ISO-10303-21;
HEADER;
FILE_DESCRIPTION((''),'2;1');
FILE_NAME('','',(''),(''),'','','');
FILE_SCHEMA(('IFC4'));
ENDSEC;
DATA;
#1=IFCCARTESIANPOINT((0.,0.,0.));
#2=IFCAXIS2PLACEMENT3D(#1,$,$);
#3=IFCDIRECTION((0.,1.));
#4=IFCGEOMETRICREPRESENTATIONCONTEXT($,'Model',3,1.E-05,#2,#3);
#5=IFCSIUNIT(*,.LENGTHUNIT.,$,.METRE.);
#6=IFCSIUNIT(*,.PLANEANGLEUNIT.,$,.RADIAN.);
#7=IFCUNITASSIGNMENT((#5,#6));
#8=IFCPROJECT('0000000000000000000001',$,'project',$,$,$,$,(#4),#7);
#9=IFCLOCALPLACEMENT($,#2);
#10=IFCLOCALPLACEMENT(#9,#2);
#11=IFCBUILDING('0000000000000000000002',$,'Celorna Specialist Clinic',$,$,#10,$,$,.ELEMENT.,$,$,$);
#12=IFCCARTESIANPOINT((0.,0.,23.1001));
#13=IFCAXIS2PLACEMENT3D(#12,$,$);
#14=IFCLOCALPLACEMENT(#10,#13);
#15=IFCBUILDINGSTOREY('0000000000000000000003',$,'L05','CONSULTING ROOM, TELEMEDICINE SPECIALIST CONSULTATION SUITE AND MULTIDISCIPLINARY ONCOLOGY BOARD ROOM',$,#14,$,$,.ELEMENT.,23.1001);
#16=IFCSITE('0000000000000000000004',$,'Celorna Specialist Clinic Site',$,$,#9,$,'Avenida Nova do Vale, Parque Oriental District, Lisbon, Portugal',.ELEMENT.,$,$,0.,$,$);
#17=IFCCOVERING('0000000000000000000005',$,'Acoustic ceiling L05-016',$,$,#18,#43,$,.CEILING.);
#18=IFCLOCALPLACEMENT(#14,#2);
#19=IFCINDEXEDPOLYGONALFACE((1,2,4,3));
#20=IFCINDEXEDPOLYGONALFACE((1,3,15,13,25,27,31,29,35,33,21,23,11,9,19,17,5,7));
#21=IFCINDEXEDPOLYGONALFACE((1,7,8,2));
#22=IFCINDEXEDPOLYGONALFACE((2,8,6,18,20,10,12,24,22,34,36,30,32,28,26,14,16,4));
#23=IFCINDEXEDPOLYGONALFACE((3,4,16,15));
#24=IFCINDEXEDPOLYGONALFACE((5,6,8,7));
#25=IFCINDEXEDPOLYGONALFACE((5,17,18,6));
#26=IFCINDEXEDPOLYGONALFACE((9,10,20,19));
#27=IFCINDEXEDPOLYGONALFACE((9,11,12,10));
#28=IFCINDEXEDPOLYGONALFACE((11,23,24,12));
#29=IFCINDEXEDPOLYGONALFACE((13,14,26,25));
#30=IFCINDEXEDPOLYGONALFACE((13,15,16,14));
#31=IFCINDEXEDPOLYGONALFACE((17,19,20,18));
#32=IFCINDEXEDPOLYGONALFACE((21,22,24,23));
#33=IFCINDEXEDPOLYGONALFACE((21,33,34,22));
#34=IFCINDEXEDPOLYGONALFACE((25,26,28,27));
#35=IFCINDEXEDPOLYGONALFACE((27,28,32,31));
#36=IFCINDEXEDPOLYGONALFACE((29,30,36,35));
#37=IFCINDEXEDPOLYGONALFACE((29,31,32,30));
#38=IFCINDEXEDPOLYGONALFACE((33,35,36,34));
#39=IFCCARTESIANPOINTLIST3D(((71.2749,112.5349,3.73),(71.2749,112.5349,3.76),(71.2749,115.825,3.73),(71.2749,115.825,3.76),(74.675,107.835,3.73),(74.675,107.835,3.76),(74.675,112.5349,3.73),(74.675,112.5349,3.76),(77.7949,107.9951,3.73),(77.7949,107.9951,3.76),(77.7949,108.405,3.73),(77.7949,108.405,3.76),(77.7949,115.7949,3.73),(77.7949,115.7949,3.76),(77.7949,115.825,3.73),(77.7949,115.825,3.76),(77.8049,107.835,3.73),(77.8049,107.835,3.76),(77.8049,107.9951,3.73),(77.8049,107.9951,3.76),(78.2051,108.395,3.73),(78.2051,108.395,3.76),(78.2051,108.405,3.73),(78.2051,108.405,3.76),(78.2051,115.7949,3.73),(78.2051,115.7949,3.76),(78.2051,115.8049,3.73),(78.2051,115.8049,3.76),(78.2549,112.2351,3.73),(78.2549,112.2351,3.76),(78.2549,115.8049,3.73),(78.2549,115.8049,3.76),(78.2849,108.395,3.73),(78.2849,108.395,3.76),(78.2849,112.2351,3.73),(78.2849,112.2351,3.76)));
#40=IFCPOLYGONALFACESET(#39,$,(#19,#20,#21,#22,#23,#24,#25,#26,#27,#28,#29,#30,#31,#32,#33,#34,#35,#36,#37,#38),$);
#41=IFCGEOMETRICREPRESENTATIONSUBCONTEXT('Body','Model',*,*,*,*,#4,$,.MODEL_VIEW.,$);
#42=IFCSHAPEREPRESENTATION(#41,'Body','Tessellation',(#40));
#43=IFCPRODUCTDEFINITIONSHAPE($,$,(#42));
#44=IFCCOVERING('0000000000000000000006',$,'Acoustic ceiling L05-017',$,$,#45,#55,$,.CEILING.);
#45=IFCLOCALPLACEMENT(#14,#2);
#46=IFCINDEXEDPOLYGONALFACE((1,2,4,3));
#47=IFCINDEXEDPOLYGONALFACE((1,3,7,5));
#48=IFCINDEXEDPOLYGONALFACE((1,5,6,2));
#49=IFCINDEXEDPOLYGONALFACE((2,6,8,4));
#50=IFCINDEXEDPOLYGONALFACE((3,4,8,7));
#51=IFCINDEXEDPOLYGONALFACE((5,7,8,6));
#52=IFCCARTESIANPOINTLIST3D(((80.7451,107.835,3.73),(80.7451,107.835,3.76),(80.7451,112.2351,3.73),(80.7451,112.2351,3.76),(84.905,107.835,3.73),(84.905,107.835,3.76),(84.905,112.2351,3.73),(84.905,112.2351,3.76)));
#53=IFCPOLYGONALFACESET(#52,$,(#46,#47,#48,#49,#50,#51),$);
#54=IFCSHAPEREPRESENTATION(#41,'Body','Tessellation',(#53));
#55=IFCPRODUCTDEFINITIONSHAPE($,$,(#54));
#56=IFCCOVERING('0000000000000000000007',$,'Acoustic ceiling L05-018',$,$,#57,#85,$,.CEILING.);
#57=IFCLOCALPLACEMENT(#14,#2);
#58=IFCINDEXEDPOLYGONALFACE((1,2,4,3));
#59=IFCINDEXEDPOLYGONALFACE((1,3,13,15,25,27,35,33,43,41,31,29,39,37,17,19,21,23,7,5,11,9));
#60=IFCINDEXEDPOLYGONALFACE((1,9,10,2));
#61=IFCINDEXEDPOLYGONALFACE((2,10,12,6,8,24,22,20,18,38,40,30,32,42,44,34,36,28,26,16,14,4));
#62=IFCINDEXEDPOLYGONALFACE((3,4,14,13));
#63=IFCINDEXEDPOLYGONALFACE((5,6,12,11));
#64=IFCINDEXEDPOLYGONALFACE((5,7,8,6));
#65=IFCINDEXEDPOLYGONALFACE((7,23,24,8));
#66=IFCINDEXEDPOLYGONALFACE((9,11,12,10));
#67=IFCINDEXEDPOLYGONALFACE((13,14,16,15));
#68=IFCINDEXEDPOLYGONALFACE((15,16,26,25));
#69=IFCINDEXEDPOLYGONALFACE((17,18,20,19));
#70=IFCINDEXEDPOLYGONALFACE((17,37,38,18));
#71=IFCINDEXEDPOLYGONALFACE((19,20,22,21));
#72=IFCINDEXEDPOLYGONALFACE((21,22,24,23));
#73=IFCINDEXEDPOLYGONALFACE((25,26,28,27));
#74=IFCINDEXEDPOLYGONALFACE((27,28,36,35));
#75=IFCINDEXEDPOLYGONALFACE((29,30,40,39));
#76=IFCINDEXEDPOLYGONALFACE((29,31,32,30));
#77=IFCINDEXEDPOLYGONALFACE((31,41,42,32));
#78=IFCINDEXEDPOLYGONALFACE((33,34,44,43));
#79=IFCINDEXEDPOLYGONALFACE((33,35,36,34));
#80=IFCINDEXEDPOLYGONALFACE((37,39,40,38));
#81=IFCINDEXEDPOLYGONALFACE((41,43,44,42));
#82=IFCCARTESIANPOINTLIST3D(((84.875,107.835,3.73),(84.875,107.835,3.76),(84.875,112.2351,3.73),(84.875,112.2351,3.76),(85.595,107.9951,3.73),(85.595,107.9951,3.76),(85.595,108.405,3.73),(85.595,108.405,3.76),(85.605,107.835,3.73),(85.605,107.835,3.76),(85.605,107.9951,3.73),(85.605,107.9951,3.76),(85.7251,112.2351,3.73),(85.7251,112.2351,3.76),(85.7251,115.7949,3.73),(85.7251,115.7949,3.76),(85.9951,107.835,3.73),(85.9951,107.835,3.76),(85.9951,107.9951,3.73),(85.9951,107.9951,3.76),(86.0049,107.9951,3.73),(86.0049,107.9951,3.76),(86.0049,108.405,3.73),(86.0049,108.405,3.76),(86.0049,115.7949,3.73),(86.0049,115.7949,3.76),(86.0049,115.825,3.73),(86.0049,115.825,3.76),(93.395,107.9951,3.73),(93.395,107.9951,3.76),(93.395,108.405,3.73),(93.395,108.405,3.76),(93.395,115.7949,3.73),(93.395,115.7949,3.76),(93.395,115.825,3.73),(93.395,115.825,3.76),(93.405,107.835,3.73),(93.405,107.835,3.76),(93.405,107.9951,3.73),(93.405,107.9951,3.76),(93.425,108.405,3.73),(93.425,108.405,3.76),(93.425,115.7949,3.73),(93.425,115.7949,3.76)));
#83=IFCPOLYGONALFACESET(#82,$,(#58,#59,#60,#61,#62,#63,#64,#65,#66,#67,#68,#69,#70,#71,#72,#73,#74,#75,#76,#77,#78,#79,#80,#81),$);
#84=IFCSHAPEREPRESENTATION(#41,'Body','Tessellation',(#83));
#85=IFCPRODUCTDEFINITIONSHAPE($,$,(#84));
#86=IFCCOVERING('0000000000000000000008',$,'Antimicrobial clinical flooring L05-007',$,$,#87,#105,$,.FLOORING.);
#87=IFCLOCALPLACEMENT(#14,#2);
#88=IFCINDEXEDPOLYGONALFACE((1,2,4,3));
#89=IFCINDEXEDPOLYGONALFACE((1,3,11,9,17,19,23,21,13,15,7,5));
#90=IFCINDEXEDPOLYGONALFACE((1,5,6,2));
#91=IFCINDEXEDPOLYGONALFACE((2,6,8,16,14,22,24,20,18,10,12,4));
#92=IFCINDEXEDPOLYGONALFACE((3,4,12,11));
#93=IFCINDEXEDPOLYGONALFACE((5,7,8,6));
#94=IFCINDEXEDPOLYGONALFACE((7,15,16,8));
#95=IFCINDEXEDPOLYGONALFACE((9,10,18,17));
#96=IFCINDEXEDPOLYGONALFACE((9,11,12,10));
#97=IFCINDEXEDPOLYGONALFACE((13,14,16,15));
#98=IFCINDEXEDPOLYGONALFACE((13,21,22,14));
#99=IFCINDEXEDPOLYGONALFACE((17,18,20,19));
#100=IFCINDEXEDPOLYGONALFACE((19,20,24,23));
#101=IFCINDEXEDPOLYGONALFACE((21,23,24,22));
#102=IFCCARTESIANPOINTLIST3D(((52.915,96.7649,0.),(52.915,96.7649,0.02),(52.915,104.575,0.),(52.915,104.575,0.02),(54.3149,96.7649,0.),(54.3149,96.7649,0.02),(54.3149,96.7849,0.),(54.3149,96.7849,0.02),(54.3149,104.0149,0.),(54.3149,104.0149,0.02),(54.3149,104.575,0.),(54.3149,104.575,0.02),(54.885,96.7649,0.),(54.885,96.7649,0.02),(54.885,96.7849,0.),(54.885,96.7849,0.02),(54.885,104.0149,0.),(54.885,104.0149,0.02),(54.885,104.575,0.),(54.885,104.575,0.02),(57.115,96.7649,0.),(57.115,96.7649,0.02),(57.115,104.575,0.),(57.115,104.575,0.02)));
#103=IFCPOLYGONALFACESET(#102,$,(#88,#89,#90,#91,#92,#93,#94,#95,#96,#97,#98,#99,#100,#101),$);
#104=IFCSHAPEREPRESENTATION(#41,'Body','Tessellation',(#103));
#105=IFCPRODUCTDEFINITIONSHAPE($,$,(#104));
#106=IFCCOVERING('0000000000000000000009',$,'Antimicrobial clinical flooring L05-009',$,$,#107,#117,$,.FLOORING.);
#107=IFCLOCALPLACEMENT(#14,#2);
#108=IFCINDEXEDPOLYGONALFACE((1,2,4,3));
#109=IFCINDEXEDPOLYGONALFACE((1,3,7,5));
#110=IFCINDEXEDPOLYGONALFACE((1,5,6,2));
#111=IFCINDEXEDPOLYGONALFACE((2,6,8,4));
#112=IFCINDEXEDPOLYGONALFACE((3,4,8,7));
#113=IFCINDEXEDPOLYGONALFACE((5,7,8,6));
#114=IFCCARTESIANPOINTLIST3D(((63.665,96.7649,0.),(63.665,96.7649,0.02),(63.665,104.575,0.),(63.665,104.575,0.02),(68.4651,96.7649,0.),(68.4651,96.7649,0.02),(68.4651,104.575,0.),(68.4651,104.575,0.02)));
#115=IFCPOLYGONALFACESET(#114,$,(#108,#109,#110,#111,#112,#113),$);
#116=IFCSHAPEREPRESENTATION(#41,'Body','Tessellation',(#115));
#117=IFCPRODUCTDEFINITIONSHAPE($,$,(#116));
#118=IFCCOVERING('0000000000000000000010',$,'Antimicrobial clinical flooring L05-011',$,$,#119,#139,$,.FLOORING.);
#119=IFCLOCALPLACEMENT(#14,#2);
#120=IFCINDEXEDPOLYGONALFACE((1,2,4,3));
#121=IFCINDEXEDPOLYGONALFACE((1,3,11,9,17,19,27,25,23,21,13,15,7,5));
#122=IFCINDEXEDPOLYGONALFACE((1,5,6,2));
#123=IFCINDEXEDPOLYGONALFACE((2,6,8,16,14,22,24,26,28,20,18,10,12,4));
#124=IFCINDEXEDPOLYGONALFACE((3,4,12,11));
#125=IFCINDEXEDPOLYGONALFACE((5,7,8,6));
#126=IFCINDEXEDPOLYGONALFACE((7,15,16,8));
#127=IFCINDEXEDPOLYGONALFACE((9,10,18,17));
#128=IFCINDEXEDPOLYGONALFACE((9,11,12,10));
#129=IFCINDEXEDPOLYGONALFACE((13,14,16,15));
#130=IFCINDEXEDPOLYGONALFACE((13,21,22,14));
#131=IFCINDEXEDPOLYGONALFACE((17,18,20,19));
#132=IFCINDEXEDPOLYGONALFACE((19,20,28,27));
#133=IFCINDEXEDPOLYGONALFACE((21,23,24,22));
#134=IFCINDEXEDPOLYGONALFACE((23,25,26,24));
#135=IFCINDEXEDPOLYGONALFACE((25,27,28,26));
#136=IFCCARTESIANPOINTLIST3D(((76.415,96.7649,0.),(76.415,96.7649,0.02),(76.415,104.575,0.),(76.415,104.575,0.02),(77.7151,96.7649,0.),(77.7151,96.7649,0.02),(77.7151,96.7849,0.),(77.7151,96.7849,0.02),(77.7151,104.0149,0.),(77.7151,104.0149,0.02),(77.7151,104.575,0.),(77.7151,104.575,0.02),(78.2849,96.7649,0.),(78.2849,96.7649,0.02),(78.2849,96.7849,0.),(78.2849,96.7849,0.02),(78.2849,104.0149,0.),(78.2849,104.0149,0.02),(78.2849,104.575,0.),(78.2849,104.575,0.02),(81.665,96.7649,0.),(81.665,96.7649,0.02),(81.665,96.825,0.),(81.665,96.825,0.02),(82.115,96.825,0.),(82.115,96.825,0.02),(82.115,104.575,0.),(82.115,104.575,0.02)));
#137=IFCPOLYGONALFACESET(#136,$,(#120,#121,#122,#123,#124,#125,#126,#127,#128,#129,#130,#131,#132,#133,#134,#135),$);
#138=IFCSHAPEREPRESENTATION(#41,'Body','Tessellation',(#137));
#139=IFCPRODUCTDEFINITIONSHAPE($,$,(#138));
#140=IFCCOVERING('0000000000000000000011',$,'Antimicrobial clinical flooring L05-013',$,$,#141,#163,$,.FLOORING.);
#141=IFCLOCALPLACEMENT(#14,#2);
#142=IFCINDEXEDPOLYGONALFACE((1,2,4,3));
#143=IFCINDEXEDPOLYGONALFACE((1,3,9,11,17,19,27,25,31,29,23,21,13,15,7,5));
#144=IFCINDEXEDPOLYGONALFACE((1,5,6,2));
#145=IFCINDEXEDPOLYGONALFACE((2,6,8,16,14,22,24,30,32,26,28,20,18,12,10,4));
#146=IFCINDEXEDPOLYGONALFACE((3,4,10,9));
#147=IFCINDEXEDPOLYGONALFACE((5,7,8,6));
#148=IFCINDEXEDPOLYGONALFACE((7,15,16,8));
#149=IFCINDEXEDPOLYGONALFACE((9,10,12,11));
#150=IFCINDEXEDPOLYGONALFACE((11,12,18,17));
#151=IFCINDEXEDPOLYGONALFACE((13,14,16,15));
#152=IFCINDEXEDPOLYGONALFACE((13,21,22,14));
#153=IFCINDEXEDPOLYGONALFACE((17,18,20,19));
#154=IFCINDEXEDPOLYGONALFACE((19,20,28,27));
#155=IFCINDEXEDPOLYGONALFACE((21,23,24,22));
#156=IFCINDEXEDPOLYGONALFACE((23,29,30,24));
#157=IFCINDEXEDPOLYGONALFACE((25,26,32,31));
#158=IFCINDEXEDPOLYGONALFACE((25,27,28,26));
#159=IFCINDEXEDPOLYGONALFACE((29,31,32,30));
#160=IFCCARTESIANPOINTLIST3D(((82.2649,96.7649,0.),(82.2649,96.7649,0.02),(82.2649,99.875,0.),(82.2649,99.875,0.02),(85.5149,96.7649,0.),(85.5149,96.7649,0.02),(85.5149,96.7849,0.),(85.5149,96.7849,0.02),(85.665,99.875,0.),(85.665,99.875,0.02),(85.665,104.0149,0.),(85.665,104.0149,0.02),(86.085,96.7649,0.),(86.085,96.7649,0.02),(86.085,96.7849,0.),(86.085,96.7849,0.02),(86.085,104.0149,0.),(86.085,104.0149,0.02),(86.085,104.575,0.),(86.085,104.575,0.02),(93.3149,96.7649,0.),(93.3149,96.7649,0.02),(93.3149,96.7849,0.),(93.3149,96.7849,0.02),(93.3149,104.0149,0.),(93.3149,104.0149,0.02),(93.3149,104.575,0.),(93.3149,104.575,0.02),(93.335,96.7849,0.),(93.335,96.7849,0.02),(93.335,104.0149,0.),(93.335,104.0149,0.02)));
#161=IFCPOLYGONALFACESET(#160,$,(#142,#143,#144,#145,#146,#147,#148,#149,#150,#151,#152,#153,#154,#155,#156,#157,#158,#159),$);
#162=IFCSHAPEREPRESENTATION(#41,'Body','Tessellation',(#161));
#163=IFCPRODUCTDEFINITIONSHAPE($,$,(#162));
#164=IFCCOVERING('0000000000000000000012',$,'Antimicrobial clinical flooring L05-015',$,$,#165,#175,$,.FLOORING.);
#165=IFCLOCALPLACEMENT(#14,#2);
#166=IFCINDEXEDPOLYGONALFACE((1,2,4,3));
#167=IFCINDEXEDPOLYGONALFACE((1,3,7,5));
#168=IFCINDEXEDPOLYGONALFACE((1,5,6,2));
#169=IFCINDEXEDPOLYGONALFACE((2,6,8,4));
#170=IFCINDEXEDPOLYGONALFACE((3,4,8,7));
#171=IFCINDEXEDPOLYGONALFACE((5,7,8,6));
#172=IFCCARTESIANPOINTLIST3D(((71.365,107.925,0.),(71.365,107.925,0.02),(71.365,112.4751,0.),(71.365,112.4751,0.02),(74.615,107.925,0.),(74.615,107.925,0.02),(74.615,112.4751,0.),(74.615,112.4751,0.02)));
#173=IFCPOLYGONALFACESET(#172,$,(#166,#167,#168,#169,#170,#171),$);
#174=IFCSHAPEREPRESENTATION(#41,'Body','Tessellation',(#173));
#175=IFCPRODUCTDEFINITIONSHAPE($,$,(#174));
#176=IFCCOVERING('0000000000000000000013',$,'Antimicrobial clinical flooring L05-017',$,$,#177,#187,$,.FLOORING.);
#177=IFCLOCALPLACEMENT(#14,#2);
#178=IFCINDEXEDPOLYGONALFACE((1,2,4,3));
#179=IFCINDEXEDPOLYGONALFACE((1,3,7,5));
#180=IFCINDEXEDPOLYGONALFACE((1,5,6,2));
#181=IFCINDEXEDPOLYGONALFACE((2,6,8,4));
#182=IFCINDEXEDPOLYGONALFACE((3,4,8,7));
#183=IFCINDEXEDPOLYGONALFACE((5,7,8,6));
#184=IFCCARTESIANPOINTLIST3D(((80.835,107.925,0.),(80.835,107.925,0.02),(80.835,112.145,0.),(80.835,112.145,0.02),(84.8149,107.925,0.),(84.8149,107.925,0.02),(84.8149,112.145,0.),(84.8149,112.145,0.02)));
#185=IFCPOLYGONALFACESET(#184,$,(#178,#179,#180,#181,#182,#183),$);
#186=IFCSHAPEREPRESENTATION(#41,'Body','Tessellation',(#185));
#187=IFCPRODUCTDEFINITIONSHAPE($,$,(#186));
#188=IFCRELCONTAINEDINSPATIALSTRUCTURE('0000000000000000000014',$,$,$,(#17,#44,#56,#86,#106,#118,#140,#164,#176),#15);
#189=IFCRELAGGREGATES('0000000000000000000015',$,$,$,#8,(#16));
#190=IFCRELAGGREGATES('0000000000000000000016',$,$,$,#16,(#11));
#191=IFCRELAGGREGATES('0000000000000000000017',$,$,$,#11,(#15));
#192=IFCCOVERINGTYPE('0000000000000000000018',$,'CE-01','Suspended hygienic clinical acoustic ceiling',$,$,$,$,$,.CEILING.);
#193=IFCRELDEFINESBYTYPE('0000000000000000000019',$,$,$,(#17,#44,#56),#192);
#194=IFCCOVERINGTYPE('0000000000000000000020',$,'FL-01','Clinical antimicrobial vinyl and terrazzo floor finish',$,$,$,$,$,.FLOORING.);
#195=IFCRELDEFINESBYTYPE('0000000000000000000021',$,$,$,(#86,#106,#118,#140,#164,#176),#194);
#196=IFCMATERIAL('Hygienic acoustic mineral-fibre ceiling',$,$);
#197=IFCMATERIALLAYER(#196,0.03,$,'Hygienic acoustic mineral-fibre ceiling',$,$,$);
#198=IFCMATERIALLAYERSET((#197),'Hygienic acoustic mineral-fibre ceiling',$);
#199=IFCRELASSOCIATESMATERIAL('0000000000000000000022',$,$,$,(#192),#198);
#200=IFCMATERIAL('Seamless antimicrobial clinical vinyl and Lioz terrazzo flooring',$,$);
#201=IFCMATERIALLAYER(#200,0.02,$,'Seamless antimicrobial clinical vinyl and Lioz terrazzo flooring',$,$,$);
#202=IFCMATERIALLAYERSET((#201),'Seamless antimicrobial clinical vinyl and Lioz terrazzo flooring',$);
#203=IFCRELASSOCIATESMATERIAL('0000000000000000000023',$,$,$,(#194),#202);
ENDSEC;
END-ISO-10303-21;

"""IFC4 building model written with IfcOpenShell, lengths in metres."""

from ifc_helpers import new_model, si_unit, direction, frame, origin, place, context, subcontext, project, spatial, polyline, outline, extrude, material, layer, layer_set, type_object, element, save


model = new_model("IFC4")

# Units and contexts
model_context = context("Model", 3, precision=1e-05, world=origin(), true_north=direction((0.0, 1.0)))
body_context = subcontext(model_context, "Body", "Model", "MODEL_VIEW")
ifc_project = project(units=[si_unit("LENGTHUNIT", "METRE"), si_unit("PLANEANGLEUNIT", "RADIAN")], contexts=[model_context])

# Site, building, storey
site_placement = place(None, origin())
site = spatial("IfcSite", under=ifc_project, at=site_placement, Name="Celorna Specialist Clinic Site", LongName="Avenida Nova do Vale, Parque Oriental District, Lisbon, Portugal", CompositionType="ELEMENT", RefElevation=0.0)
building_placement = place(site_placement, origin())
building = spatial("IfcBuilding", under=site, at=building_placement, Name="Celorna Specialist Clinic", CompositionType="ELEMENT")
storey_placement = place(building_placement, frame((0.0, 0.0, 23.1001)))
storey = spatial("IfcBuildingStorey", under=building, at=storey_placement, Name="L05", Description="CONSULTING ROOM, TELEMEDICINE SPECIALIST CONSULTATION SUITE AND MULTIDISCIPLINARY ONCOLOGY BOARD ROOM", CompositionType="ELEMENT", Elevation=23.1001)

# Coverings
ifc_material_1 = material(Name="Hygienic acoustic mineral-fibre ceiling")
ifc_layer_1 = layer(ifc_material_1, 0.03, Name="Hygienic acoustic mineral-fibre ceiling")
ifc_layer_set_1 = layer_set([ifc_layer_1], Name="Hygienic acoustic mineral-fibre ceiling")
covering_type_1 = type_object("IfcCoveringType", Name="CE-01", Description="Suspended hygienic clinical acoustic ceiling", PredefinedType="CEILING", material=ifc_layer_set_1)
covering_1_placement = place(storey_placement, frame((0.0, 0.0, 3.73)))
element("IfcCovering", 1, at=covering_1_placement, inside=storey, type_object=covering_type_1, Name="Acoustic ceiling L05-016", PredefinedType="CEILING", context=body_context, shape_type="SweptSolid", body=[
    extrude(outline(polyline([(71.2749, 112.5349), (71.2749, 115.825), (77.7949, 115.825), (77.7949, 115.7949), (78.2051, 115.7949), (78.2051, 115.8049), (78.2549, 115.8049), (78.2549, 112.2351), (78.2849, 112.2351), (78.2849, 108.395), (78.2051, 108.395), (78.2051, 108.405), (77.7949, 108.405), (77.7949, 107.9951), (77.8049, 107.9951), (77.8049, 107.835), (74.675, 107.835), (74.675, 112.5349), (71.2749, 112.5349)])), origin(), (0.0, 0.0, 1.0), 0.03),
])
covering_2_placement = place(storey_placement, frame((0.0, 0.0, 3.73)))
element("IfcCovering", 2, at=covering_2_placement, inside=storey, type_object=covering_type_1, Name="Acoustic ceiling L05-017", PredefinedType="CEILING", context=body_context, shape_type="SweptSolid", body=[
    extrude(outline(polyline([(80.7451, 112.2351), (84.905, 112.2351), (84.905, 107.835), (80.7451, 107.835), (80.7451, 112.2351)])), origin(), (0.0, 0.0, 1.0), 0.03),
])
covering_3_placement = place(storey_placement, frame((0.0, 0.0, 3.73)))
element("IfcCovering", 3, at=covering_3_placement, inside=storey, type_object=covering_type_1, Name="Acoustic ceiling L05-018", PredefinedType="CEILING", context=body_context, shape_type="SweptSolid", body=[
    extrude(outline(polyline([(84.875, 107.835), (84.875, 112.2351), (85.7251, 112.2351), (85.7251, 115.7949), (86.0049, 115.7949), (86.0049, 115.825), (93.395, 115.825), (93.395, 115.7949), (93.425, 115.7949), (93.425, 108.405), (93.395, 108.405), (93.395, 107.9951), (93.405, 107.9951), (93.405, 107.835), (85.9951, 107.835), (85.9951, 107.9951), (86.0049, 107.9951), (86.0049, 108.405), (85.595, 108.405), (85.595, 107.9951), (85.605, 107.9951), (85.605, 107.835), (84.875, 107.835)])), origin(), (0.0, 0.0, 1.0), 0.03),
])
ifc_material_2 = material(Name="Seamless antimicrobial clinical vinyl and Lioz terrazzo flooring")
ifc_layer_2 = layer(ifc_material_2, 0.02, Name="Seamless antimicrobial clinical vinyl and Lioz terrazzo flooring")
ifc_layer_set_2 = layer_set([ifc_layer_2], Name="Seamless antimicrobial clinical vinyl and Lioz terrazzo flooring")
covering_type_2 = type_object("IfcCoveringType", Name="FL-01", Description="Clinical antimicrobial vinyl and terrazzo floor finish", PredefinedType="FLOORING", material=ifc_layer_set_2)
covering_4_placement = place(storey_placement, origin())
element("IfcCovering", 4, at=covering_4_placement, inside=storey, type_object=covering_type_2, Name="Antimicrobial clinical flooring L05-007", PredefinedType="FLOORING", context=body_context, shape_type="SweptSolid", body=[
    extrude(outline(polyline([(52.915, 104.575), (54.3149, 104.575), (54.3149, 104.0149), (54.885, 104.0149), (54.885, 104.575), (57.115, 104.575), (57.115, 96.7649), (54.885, 96.7649), (54.885, 96.7849), (54.3149, 96.7849), (54.3149, 96.7649), (52.915, 96.7649), (52.915, 104.575)])), origin(), (0.0, 0.0, 1.0), 0.02),
])
covering_5_placement = place(storey_placement, origin())
element("IfcCovering", 5, at=covering_5_placement, inside=storey, type_object=covering_type_2, Name="Antimicrobial clinical flooring L05-009", PredefinedType="FLOORING", context=body_context, shape_type="SweptSolid", body=[
    extrude(outline(polyline([(63.665, 104.575), (68.4651, 104.575), (68.4651, 96.7649), (63.665, 96.7649), (63.665, 104.575)])), origin(), (0.0, 0.0, 1.0), 0.02),
])
covering_6_placement = place(storey_placement, origin())
element("IfcCovering", 6, at=covering_6_placement, inside=storey, type_object=covering_type_2, Name="Antimicrobial clinical flooring L05-011", PredefinedType="FLOORING", context=body_context, shape_type="SweptSolid", body=[
    extrude(outline(polyline([(76.415, 104.575), (77.7151, 104.575), (77.7151, 104.0149), (78.2849, 104.0149), (78.2849, 104.575), (82.115, 104.575), (82.115, 96.825), (81.665, 96.825), (81.665, 96.7649), (78.2849, 96.7649), (78.2849, 96.7849), (77.7151, 96.7849), (77.7151, 96.7649), (76.415, 96.7649), (76.415, 104.575)])), origin(), (0.0, 0.0, 1.0), 0.02),
])
covering_7_placement = place(storey_placement, origin())
element("IfcCovering", 7, at=covering_7_placement, inside=storey, type_object=covering_type_2, Name="Antimicrobial clinical flooring L05-013", PredefinedType="FLOORING", context=body_context, shape_type="SweptSolid", body=[
    extrude(outline(polyline([(85.5149, 96.7649), (82.2649, 96.7649), (82.2649, 99.875), (85.665, 99.875), (85.665, 104.0149), (86.085, 104.0149), (86.085, 104.575), (93.3149, 104.575), (93.3149, 104.0149), (93.335, 104.0149), (93.335, 96.7849), (93.3149, 96.7849), (93.3149, 96.7649), (86.085, 96.7649), (86.085, 96.7849), (85.5149, 96.7849), (85.5149, 96.7649)])), origin(), (0.0, 0.0, 1.0), 0.02),
])
covering_8_placement = place(storey_placement, origin())
element("IfcCovering", 8, at=covering_8_placement, inside=storey, type_object=covering_type_2, Name="Antimicrobial clinical flooring L05-015", PredefinedType="FLOORING", context=body_context, shape_type="SweptSolid", body=[
    extrude(outline(polyline([(71.365, 112.4751), (74.615, 112.4751), (74.615, 107.925), (71.365, 107.925), (71.365, 112.4751)])), origin(), (0.0, 0.0, 1.0), 0.02),
])
covering_9_placement = place(storey_placement, origin())
element("IfcCovering", 9, at=covering_9_placement, inside=storey, type_object=covering_type_2, Name="Antimicrobial clinical flooring L05-017", PredefinedType="FLOORING", context=body_context, shape_type="SweptSolid", body=[
    extrude(outline(polyline([(80.835, 107.925), (80.835, 112.145), (84.8149, 112.145), (84.8149, 107.925), (80.835, 107.925)])), origin(), (0.0, 0.0, 1.0), 0.02),
])

save(model, "model.ifc")
